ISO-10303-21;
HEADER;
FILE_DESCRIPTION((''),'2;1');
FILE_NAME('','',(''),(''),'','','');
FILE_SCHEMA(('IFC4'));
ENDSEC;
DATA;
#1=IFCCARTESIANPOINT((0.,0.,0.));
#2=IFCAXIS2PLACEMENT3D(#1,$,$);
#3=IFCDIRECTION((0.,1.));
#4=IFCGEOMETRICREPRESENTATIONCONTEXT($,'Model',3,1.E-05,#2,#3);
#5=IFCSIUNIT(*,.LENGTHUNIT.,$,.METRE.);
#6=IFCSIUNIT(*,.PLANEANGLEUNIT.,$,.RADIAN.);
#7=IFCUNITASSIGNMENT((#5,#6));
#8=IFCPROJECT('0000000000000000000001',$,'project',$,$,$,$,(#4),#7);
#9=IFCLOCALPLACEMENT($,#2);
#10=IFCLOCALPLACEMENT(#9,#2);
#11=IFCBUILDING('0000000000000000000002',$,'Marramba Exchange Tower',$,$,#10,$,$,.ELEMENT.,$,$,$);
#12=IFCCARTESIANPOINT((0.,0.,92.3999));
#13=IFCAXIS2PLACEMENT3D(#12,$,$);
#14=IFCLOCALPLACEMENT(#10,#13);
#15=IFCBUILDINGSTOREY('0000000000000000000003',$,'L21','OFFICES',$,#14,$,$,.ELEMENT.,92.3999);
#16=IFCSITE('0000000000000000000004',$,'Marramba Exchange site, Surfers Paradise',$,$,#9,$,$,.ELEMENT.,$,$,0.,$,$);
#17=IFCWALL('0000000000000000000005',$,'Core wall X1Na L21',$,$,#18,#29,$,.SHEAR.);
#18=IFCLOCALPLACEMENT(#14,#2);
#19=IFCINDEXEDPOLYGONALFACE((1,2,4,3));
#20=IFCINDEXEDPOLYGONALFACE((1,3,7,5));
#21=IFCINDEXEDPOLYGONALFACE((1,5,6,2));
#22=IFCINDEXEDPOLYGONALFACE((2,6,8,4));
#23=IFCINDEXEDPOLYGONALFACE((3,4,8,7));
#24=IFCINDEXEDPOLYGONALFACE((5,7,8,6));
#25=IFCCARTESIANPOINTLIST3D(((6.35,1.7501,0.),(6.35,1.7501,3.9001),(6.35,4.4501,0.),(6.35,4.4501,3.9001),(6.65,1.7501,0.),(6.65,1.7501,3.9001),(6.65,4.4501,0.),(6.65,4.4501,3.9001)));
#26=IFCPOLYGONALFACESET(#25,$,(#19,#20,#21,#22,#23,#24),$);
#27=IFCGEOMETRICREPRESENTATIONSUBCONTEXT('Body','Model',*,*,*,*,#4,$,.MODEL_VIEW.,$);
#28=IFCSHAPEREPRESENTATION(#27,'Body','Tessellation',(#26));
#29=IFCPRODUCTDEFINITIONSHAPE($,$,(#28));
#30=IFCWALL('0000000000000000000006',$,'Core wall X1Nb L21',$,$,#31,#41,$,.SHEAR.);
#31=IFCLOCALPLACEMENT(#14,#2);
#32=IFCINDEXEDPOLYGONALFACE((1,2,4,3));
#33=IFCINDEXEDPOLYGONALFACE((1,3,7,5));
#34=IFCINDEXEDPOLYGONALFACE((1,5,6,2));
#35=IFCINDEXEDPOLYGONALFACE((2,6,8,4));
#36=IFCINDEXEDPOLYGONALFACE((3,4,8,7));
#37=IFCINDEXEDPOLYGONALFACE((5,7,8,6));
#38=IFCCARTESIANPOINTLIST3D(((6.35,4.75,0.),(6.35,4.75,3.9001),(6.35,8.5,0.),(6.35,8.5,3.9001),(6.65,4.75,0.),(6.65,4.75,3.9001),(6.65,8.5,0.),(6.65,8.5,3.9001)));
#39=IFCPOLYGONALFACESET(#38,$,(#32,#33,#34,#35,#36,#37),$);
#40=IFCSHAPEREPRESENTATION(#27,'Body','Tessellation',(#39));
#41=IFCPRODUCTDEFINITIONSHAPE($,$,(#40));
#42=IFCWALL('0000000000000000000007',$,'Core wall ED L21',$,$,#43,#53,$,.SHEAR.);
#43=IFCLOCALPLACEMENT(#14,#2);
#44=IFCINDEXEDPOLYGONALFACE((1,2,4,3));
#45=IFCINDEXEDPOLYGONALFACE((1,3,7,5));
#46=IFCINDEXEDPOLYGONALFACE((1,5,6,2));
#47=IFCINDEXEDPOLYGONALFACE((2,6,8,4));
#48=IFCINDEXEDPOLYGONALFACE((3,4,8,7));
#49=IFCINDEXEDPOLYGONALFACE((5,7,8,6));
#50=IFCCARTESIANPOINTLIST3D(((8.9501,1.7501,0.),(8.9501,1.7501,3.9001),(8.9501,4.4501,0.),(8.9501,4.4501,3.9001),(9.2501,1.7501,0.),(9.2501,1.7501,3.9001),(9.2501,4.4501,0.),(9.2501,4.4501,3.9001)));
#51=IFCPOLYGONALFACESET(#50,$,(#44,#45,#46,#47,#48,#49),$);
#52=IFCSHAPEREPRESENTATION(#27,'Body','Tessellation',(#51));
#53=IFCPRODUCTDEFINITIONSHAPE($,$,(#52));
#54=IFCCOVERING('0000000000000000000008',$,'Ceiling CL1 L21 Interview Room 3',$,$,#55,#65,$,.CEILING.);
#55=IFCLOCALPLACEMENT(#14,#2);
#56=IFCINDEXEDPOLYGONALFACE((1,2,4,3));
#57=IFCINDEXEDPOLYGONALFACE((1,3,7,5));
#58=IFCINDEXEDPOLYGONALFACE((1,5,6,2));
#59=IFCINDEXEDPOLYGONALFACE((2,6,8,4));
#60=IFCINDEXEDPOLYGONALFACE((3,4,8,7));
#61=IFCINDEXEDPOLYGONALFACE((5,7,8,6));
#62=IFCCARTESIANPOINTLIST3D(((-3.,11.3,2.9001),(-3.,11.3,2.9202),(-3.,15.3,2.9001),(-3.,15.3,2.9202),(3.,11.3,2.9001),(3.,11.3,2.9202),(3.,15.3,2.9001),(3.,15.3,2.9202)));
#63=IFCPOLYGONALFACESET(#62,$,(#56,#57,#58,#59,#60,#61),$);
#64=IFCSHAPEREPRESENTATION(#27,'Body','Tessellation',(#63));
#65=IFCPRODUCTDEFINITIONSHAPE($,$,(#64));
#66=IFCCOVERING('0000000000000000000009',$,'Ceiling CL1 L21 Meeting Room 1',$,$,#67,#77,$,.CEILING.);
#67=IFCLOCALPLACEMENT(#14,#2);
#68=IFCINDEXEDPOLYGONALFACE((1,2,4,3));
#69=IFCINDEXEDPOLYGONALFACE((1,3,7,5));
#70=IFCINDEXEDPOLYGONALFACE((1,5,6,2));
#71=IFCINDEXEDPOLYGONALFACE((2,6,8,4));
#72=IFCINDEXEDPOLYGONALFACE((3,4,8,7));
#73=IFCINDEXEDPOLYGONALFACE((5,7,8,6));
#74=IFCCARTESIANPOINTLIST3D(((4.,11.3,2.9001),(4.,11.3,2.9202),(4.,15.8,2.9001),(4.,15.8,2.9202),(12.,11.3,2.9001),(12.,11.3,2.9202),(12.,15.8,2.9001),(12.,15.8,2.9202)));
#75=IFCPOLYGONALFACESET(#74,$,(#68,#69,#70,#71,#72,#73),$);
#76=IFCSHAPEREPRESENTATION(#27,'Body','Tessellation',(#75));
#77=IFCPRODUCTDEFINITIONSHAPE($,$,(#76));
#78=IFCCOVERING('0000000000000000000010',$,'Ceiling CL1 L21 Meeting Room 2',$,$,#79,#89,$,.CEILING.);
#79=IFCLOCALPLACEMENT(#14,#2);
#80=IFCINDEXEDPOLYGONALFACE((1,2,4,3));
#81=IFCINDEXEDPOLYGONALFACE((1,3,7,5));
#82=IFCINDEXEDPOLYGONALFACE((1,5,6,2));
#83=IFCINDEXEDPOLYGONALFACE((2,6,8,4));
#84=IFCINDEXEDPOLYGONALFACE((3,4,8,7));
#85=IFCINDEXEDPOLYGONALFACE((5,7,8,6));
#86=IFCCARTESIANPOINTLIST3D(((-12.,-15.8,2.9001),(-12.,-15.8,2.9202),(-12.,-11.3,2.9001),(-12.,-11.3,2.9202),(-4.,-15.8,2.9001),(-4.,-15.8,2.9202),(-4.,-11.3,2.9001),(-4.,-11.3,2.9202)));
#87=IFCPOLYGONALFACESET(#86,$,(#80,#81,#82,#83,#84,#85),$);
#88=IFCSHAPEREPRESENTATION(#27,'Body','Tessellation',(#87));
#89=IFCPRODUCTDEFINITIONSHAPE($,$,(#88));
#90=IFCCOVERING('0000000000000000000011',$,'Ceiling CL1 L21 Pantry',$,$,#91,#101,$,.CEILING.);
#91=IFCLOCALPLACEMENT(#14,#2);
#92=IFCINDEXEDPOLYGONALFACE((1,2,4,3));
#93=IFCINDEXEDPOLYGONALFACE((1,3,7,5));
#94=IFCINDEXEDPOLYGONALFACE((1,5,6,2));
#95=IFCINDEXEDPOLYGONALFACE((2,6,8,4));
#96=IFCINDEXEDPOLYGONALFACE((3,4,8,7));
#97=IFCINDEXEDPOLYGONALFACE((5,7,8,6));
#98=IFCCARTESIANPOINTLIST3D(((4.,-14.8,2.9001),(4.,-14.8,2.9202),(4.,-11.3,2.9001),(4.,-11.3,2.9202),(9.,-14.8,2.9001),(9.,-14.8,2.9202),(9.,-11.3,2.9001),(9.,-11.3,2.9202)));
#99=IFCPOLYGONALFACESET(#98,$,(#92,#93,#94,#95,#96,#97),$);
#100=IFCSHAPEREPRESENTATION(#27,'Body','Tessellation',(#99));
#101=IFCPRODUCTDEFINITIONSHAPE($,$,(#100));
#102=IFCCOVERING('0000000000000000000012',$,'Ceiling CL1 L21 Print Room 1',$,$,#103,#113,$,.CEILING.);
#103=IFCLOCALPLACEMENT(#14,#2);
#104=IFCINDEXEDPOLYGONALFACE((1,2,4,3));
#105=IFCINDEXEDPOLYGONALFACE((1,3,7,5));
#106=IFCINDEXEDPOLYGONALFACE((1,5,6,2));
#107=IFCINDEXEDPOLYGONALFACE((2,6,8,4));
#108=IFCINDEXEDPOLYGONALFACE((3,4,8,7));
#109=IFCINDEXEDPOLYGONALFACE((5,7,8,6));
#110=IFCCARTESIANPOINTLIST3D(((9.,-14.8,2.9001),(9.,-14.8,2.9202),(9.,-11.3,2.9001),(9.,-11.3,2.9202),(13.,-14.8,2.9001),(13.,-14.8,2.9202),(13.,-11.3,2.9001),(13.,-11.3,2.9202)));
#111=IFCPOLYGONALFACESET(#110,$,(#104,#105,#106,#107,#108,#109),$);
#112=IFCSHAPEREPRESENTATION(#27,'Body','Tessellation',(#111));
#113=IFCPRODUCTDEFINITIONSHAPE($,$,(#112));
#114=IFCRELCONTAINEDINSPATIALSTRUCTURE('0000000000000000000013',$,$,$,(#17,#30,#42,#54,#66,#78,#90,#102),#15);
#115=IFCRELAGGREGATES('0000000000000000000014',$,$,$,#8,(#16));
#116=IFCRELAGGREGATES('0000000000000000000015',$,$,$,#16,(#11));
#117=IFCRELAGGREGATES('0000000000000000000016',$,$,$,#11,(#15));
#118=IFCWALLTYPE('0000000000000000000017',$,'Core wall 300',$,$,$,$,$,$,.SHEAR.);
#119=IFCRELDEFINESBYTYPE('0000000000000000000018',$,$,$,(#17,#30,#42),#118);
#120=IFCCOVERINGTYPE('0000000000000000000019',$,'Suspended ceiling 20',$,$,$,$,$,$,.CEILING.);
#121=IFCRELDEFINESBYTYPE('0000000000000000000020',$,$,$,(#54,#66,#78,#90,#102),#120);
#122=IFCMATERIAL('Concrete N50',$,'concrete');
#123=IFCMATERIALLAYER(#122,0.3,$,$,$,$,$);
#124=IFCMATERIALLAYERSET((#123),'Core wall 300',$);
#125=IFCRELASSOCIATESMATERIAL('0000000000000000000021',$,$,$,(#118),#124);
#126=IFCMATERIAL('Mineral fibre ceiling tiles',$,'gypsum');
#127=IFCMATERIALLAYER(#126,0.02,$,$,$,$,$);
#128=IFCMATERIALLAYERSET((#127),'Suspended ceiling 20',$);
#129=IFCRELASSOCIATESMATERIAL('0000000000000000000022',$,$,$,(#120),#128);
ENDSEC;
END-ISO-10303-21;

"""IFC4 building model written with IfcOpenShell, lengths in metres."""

from ifc_helpers import new_model, si_unit, direction, frame, frame_2d, origin, place, context, subcontext, project, spatial, polyline, rectangle, outline, extrude, material, layer, layer_set, type_object, element, save


model = new_model("IFC4")

# Units and contexts
model_context = context("Model", 3, precision=1e-05, world=origin(), true_north=direction((0.0, 1.0)))
body_context = subcontext(model_context, "Body", "Model", "MODEL_VIEW")
ifc_project = project(units=[si_unit("LENGTHUNIT", "METRE"), si_unit("PLANEANGLEUNIT", "RADIAN")], contexts=[model_context])

# Site, building, storey
site_placement = place(None, origin())
site = spatial("IfcSite", under=ifc_project, at=site_placement, Name="Marramba Exchange site, Surfers Paradise", CompositionType="ELEMENT", RefElevation=0.0)
building_placement = place(site_placement, origin())
building = spatial("IfcBuilding", under=site, at=building_placement, Name="Marramba Exchange Tower", CompositionType="ELEMENT")
storey_placement = place(building_placement, frame((0.0, 0.0, 92.3999)))
storey = spatial("IfcBuildingStorey", under=building, at=storey_placement, Name="L21", Description="OFFICES", CompositionType="ELEMENT", Elevation=92.3999)

# Shared definitions
ifc_material_1 = material(Name="Concrete N50", Category="concrete")

# Walls
ifc_layer_1 = layer(ifc_material_1, 0.3)
ifc_layer_set_1 = layer_set([ifc_layer_1], Name="Core wall 300")
wall_type_1 = type_object("IfcWallType", Name="Core wall 300", PredefinedType="SHEAR", material=ifc_layer_set_1)
wall_1_placement = place(storey_placement, frame((6.5, 1.75, 0.0), z_axis=(0.0, 0.0, 1.0), x_axis=(0.0, 1.0, 0.0)))
element("IfcWall", 1, at=wall_1_placement, inside=storey, type_object=wall_type_1, Name="Core wall X1Na L21", PredefinedType="SHEAR", context=body_context, shape_type="SweptSolid", body=[
    extrude(rectangle(XDim=2.7, YDim=0.3, at=frame_2d((1.3501, 0.0))), origin(), (0.0, 0.0, 1.0), 3.9001),
])
wall_2_placement = place(storey_placement, frame((6.5, 4.75, 0.0), z_axis=(0.0, 0.0, 1.0), x_axis=(0.0, 1.0, 0.0)))
element("IfcWall", 2, at=wall_2_placement, inside=storey, type_object=wall_type_1, Name="Core wall X1Nb L21", PredefinedType="SHEAR", context=body_context, shape_type="SweptSolid", body=[
    extrude(rectangle(XDim=3.75, YDim=0.3, at=frame_2d((1.875, 0.0))), origin(), (0.0, 0.0, 1.0), 3.9001),
])
wall_3_placement = place(storey_placement, frame((9.1001, 1.75, 0.0), z_axis=(0.0, 0.0, 1.0), x_axis=(0.0, 1.0, 0.0)))
element("IfcWall", 3, at=wall_3_placement, inside=storey, type_object=wall_type_1, Name="Core wall ED L21", PredefinedType="SHEAR", context=body_context, shape_type="SweptSolid", body=[
    extrude(rectangle(XDim=2.7, YDim=0.3, at=frame_2d((1.3501, 0.0))), origin(), (0.0, 0.0, 1.0), 3.9001),
])

# Coverings
ifc_material_2 = material(Name="Mineral fibre ceiling tiles", Category="gypsum")
ifc_layer_2 = layer(ifc_material_2, 0.02)
ifc_layer_set_2 = layer_set([ifc_layer_2], Name="Suspended ceiling 20")
covering_type = type_object("IfcCoveringType", Name="Suspended ceiling 20", PredefinedType="CEILING", material=ifc_layer_set_2)
covering_1_placement = place(storey_placement, frame((0.0, 0.0, 2.9001)))
element("IfcCovering", 4, at=covering_1_placement, inside=storey, type_object=covering_type, Name="Ceiling CL1 L21 Interview Room 3", PredefinedType="CEILING", context=body_context, shape_type="SweptSolid", body=[
    extrude(outline(polyline([(3.0, 15.3), (3.0, 11.3), (-3.0, 11.3), (-3.0, 15.3), (3.0, 15.3)])), origin(), (0.0, 0.0, 1.0), 0.02),
])
covering_2_placement = place(storey_placement, frame((0.0, 0.0, 2.9001)))
element("IfcCovering", 5, at=covering_2_placement, inside=storey, type_object=covering_type, Name="Ceiling CL1 L21 Meeting Room 1", PredefinedType="CEILING", context=body_context, shape_type="SweptSolid", body=[
    extrude(outline(polyline([(12.0, 11.3), (4.0, 11.3), (4.0, 15.8), (12.0, 15.8), (12.0, 11.3)])), origin(), (0.0, 0.0, 1.0), 0.02),
])
covering_3_placement = place(storey_placement, frame((0.0, 0.0, 2.9001)))
element("IfcCovering", 6, at=covering_3_placement, inside=storey, type_object=covering_type, Name="Ceiling CL1 L21 Meeting Room 2", PredefinedType="CEILING", context=body_context, shape_type="SweptSolid", body=[
    extrude(outline(polyline([(-4.0, -15.8), (-12.0, -15.8), (-12.0, -11.3), (-4.0, -11.3), (-4.0, -15.8)])), origin(), (0.0, 0.0, 1.0), 0.02),
])
covering_4_placement = place(storey_placement, frame((0.0, 0.0, 2.9001)))
element("IfcCovering", 7, at=covering_4_placement, inside=storey, type_object=covering_type, Name="Ceiling CL1 L21 Pantry", PredefinedType="CEILING", context=body_context, shape_type="SweptSolid", body=[
    extrude(outline(polyline([(9.0, -14.8), (4.0, -14.8), (4.0, -11.3), (9.0, -11.3), (9.0, -14.8)])), origin(), (0.0, 0.0, 1.0), 0.02),
])
covering_5_placement = place(storey_placement, frame((0.0, 0.0, 2.9001)))
element("IfcCovering", 8, at=covering_5_placement, inside=storey, type_object=covering_type, Name="Ceiling CL1 L21 Print Room 1", PredefinedType="CEILING", context=body_context, shape_type="SweptSolid", body=[
    extrude(outline(polyline([(13.0, -14.8), (9.0, -14.8), (9.0, -11.3), (13.0, -11.3), (13.0, -14.8)])), origin(), (0.0, 0.0, 1.0), 0.02),
])

save(model, "model.ifc")
